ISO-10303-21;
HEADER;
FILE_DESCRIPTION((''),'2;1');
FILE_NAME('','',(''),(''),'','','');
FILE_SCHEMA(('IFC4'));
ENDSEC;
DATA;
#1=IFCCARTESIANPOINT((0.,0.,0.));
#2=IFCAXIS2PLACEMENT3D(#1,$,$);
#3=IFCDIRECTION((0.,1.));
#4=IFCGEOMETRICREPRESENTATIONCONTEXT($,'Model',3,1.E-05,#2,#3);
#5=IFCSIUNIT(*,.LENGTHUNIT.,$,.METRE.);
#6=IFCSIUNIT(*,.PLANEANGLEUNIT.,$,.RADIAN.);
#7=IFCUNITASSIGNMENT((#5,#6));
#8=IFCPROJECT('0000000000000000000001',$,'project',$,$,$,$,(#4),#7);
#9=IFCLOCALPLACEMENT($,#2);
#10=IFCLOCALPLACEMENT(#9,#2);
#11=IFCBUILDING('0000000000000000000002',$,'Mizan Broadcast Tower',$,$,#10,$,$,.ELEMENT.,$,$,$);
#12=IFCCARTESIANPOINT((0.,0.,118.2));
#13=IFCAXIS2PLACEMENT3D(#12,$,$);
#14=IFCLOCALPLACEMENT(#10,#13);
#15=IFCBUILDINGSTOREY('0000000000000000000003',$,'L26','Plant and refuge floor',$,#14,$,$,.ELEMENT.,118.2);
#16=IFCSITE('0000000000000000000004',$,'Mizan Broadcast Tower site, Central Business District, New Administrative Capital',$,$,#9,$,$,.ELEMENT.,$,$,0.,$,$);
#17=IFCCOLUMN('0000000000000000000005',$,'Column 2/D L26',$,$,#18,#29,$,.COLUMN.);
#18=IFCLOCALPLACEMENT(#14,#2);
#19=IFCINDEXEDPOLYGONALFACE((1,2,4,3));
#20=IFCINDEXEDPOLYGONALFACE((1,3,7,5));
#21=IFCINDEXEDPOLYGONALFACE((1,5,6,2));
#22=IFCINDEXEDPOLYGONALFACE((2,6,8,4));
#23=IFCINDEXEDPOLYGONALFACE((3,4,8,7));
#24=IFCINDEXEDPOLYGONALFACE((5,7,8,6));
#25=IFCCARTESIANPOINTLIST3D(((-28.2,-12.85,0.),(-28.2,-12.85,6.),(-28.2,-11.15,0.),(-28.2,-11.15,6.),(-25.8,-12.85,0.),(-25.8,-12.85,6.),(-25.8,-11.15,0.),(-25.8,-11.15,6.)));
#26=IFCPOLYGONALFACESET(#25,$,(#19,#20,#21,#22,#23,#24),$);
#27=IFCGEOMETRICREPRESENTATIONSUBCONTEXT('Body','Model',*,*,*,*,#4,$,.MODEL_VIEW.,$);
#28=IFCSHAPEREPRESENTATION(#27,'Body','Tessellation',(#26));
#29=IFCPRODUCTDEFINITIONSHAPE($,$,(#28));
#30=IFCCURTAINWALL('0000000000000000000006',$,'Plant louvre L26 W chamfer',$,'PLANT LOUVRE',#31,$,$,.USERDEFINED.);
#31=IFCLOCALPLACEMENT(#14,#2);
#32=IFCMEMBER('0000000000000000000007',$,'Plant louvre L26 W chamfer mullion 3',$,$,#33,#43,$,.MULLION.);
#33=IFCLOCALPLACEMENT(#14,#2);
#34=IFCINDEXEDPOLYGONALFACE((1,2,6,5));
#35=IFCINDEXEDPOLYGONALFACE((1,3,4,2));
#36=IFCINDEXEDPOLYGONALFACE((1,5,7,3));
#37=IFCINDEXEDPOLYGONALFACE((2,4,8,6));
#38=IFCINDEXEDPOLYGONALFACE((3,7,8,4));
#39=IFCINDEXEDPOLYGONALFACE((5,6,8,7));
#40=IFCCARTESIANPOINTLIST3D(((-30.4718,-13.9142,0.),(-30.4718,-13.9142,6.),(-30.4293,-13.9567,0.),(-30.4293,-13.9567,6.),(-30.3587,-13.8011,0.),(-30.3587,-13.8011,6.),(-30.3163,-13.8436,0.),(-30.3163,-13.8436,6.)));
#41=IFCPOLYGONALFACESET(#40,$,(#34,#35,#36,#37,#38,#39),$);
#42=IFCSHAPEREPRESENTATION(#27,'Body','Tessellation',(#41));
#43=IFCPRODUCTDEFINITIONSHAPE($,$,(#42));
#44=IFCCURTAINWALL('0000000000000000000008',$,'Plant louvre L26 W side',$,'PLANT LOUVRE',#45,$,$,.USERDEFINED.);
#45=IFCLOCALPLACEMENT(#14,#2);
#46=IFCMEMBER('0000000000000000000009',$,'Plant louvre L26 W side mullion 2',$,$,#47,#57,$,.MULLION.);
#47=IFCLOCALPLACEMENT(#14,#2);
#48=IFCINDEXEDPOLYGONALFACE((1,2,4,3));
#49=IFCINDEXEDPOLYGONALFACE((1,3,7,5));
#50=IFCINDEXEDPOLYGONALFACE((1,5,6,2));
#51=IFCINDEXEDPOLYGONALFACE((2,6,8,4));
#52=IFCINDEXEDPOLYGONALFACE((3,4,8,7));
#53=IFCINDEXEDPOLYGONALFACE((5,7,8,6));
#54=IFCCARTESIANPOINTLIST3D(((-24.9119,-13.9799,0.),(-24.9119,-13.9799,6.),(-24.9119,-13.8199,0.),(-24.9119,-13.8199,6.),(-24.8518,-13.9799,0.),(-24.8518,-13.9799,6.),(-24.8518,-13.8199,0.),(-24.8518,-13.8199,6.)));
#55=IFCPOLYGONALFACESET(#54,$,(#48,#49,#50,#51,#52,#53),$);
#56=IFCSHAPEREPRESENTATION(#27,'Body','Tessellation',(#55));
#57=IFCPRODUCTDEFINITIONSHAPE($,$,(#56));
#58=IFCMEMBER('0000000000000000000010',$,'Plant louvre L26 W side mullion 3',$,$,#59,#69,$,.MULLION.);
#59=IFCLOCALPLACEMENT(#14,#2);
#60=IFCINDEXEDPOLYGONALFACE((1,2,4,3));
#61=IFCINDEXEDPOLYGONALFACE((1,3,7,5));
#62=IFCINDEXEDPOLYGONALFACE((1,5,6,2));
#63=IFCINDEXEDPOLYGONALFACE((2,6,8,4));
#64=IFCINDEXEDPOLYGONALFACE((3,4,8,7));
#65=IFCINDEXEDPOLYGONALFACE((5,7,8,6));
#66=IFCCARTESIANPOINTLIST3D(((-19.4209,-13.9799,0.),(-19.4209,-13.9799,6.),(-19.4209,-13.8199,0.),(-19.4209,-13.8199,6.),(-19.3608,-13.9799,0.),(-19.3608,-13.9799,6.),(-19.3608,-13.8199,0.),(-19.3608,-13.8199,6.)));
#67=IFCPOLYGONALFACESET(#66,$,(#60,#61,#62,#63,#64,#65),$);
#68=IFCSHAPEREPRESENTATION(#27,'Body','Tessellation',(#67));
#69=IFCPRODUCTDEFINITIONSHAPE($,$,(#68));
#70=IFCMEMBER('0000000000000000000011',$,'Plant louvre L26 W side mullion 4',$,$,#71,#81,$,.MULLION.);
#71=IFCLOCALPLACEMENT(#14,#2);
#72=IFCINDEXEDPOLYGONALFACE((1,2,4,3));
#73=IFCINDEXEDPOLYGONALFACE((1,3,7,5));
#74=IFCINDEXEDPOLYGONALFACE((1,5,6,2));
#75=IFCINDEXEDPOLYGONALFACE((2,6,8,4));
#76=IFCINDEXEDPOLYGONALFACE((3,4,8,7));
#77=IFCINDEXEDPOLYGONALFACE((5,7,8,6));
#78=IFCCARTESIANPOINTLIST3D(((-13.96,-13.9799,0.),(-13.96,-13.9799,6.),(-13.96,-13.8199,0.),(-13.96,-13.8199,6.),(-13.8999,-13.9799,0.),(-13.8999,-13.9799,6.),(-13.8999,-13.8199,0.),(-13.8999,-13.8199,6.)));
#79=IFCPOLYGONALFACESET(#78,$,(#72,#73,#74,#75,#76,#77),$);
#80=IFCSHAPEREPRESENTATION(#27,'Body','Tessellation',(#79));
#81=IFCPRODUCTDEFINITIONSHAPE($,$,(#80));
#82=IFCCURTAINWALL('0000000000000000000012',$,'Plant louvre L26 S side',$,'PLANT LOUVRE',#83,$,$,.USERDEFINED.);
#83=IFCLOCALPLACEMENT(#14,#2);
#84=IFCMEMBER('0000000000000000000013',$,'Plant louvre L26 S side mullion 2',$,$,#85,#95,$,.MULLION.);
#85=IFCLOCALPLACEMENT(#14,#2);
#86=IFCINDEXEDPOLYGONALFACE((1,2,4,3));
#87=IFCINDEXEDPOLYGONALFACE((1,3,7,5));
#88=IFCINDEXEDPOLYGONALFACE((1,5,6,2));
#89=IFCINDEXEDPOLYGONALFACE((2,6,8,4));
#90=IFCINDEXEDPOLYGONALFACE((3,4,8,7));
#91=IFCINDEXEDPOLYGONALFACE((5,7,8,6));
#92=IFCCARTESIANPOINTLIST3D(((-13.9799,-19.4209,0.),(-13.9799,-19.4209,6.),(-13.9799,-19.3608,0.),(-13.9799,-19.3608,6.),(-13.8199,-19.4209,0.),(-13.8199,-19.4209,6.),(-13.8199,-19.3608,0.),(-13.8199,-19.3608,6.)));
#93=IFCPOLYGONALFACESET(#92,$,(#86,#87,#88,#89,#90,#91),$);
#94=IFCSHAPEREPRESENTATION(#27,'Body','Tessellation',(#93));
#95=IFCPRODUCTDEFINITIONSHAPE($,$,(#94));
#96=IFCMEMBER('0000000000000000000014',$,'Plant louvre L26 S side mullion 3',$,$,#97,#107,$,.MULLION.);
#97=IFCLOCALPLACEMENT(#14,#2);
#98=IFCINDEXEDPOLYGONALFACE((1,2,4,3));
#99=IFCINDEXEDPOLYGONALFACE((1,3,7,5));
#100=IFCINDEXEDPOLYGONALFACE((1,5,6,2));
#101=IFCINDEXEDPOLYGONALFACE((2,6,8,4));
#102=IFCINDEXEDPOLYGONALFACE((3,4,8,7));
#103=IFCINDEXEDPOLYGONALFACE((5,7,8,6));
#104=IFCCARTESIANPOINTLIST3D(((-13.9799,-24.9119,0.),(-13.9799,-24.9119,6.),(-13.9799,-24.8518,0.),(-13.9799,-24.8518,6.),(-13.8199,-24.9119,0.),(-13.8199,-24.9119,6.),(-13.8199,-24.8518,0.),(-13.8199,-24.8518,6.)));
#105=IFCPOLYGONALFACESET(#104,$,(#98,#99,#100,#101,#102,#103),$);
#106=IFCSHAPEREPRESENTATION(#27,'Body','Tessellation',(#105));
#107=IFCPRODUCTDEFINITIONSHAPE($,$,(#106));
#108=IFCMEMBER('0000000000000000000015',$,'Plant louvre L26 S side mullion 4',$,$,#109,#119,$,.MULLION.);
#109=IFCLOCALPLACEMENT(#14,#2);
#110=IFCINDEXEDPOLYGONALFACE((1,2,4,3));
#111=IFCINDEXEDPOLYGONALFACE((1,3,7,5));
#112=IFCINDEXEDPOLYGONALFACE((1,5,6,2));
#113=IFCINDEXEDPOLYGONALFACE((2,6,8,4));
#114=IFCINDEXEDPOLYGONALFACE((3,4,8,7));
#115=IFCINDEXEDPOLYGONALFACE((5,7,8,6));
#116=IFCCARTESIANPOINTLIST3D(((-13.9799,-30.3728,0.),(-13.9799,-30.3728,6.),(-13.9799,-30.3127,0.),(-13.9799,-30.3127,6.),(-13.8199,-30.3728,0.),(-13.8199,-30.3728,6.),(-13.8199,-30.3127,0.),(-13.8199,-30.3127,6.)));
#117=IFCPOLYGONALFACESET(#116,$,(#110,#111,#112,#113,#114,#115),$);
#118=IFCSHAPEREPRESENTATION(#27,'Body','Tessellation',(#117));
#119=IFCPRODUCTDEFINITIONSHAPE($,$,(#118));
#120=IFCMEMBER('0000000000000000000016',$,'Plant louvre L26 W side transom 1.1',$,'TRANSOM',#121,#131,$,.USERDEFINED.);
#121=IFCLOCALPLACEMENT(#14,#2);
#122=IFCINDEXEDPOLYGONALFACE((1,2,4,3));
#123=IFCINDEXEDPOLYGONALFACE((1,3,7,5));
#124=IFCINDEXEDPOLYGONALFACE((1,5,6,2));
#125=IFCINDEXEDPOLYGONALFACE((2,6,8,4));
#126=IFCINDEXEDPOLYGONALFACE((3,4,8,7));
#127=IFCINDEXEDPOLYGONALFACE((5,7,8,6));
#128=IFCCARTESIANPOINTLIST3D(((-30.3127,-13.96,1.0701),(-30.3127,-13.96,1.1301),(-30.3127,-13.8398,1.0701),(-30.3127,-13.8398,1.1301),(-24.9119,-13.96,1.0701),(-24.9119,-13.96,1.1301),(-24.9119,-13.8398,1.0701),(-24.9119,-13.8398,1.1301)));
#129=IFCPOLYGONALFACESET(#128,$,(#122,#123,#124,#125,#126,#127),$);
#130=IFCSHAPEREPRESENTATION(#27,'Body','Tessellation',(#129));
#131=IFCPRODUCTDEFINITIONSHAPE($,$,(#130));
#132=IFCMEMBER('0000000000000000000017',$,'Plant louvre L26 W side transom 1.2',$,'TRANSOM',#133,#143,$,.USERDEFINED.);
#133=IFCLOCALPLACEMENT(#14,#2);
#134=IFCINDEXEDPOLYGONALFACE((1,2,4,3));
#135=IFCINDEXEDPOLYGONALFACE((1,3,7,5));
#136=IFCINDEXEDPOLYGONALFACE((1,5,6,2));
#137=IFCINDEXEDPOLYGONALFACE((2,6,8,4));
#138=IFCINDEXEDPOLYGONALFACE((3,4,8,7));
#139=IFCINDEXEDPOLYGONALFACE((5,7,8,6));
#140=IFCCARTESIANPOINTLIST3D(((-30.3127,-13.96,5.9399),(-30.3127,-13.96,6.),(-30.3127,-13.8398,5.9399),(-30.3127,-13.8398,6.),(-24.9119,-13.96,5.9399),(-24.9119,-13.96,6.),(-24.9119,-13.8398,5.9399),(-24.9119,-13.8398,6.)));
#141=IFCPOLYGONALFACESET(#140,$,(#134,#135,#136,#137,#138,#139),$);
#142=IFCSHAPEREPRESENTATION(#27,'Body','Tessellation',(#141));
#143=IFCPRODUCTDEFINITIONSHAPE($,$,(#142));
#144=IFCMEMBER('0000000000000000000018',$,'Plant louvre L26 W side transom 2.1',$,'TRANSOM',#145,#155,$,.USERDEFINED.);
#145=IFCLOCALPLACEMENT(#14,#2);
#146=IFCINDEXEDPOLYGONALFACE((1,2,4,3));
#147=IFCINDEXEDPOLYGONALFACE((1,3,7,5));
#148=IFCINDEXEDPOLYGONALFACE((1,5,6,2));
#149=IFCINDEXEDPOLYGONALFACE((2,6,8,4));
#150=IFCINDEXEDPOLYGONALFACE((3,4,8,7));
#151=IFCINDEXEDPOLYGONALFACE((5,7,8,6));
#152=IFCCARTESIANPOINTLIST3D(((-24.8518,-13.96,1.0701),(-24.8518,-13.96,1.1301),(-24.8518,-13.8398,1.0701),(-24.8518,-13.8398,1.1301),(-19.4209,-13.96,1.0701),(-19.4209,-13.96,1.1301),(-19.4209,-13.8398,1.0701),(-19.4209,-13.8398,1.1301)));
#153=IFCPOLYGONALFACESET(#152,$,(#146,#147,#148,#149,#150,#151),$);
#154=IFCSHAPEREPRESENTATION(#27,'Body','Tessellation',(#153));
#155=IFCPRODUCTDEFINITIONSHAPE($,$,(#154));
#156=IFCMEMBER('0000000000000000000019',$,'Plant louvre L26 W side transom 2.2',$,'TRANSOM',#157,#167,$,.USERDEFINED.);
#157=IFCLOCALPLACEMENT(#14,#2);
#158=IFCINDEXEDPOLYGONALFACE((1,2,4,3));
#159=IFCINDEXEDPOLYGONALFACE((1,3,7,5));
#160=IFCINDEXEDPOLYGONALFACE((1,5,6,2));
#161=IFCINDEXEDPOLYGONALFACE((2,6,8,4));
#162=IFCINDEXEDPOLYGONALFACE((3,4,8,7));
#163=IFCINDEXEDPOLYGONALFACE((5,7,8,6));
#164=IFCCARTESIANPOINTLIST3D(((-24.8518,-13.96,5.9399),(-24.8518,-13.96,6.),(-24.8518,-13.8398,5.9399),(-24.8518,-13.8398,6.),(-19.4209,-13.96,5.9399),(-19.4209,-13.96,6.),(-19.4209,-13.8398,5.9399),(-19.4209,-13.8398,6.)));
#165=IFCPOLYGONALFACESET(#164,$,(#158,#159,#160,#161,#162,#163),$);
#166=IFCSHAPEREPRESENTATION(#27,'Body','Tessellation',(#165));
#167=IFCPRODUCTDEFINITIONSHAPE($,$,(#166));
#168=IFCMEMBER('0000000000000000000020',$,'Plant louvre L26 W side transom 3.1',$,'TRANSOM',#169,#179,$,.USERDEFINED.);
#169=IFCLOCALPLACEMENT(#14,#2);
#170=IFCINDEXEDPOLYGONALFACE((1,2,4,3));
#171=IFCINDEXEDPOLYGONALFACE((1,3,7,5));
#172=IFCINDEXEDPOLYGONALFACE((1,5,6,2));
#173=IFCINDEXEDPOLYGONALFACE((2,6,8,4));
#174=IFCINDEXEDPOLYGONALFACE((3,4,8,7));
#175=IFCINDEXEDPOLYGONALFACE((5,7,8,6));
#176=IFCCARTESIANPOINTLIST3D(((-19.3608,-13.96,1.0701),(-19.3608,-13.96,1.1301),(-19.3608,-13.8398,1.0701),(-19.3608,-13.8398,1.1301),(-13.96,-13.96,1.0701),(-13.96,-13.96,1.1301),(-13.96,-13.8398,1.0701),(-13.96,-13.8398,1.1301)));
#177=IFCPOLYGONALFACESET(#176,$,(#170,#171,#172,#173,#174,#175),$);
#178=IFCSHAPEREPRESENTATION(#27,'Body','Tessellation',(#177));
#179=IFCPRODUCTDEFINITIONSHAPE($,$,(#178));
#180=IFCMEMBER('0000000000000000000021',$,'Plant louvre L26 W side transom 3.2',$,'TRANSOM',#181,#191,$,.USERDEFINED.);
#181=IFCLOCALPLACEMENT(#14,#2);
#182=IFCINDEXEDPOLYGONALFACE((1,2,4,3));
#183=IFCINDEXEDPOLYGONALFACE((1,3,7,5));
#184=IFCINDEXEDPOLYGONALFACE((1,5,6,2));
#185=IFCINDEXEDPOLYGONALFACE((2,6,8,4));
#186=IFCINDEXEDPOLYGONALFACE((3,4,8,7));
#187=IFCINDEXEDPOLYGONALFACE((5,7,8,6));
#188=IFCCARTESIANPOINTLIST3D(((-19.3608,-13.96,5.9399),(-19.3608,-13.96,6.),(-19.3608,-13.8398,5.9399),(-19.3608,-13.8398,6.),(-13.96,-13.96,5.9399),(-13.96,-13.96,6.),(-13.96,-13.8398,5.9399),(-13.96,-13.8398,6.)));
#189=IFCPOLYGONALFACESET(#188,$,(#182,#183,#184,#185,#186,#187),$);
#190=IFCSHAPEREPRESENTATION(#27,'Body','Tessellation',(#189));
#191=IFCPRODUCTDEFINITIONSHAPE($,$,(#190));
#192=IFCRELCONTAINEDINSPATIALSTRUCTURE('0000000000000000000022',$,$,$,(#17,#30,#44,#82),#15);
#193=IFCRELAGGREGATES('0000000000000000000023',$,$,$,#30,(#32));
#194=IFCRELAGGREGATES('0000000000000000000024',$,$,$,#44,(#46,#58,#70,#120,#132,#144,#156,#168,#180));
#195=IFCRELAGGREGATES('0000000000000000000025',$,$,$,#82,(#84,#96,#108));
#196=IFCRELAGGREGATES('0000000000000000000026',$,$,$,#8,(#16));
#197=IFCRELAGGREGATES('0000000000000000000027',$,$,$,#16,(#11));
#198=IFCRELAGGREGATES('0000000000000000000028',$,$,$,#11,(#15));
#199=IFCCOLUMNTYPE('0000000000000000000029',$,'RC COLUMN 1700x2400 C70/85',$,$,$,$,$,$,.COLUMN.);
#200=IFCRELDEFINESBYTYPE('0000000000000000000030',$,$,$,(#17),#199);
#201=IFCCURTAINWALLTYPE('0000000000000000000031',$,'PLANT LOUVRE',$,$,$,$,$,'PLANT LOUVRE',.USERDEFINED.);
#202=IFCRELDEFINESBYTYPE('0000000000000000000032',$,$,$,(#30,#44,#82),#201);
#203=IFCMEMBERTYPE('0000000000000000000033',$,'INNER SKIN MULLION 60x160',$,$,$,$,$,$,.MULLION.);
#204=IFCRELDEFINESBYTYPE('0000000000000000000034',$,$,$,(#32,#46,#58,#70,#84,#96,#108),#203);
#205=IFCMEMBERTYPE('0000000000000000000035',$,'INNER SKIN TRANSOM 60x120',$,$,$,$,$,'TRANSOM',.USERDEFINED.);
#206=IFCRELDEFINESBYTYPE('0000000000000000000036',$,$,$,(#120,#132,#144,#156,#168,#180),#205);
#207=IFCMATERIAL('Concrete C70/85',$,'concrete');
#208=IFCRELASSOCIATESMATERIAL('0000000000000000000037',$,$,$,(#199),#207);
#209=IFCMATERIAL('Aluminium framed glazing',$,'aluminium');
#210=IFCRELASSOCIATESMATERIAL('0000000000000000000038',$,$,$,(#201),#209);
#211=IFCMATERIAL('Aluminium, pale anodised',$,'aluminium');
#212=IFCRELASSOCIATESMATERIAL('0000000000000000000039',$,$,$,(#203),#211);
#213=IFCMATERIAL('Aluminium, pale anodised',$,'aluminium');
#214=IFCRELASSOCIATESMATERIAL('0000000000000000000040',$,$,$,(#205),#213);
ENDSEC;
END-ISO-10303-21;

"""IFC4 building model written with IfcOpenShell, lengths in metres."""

from ifc_helpers import new_model, si_unit, direction, frame, origin, origin_2d, place, context, subcontext, project, spatial, rectangle, extrude, material, material_profile, profile_set, type_object, element, aggregate, save


model = new_model("IFC4")

# Units and contexts
model_context = context("Model", 3, precision=1e-05, world=origin(), true_north=direction((0.0, 1.0)))
body_context = subcontext(model_context, "Body", "Model", "MODEL_VIEW")
ifc_project = project(units=[si_unit("LENGTHUNIT", "METRE"), si_unit("PLANEANGLEUNIT", "RADIAN")], contexts=[model_context])

# Site, building, storey
site_placement = place(None, origin())
site = spatial("IfcSite", under=ifc_project, at=site_placement, Name="Mizan Broadcast Tower site, Central Business District, New Administrative Capital", CompositionType="ELEMENT", RefElevation=0.0)
building_placement = place(site_placement, origin())
building = spatial("IfcBuilding", under=site, at=building_placement, Name="Mizan Broadcast Tower", CompositionType="ELEMENT")
storey_placement = place(building_placement, frame((0.0, 0.0, 118.2)))
storey = spatial("IfcBuildingStorey", under=building, at=storey_placement, Name="L26", Description="Plant and refuge floor", CompositionType="ELEMENT", Elevation=118.2)

# Column
ifc_material_1 = material(Name="Concrete C70/85", Category="concrete")
ifc_material_profile_1 = material_profile(ifc_material_1, rectangle(XDim=1.7, YDim=2.3999, at=origin_2d()), Name="RC 1700x2400")
ifc_profile_set_1 = profile_set([ifc_material_profile_1], Name="Concrete C70/85")
column_type = type_object("IfcColumnType", Name="RC COLUMN 1700x2400 C70/85", PredefinedType="COLUMN", material=ifc_profile_set_1)
column_placement = place(storey_placement, frame((-27.0, -12.0, 0.0), z_axis=(0.0, 0.0, 1.0), x_axis=(0.0, 1.0, 0.0)))
element("IfcColumn", 1, at=column_placement, inside=storey, type_object=column_type, Name="Column 2/D L26", PredefinedType="COLUMN", context=body_context, shape_type="SweptSolid", body=[
    extrude(rectangle(XDim=1.7, YDim=2.3999, at=origin_2d()), origin(), (0.0, 0.0, 1.0), 6.0),
])

# Curtain wall, member
ifc_material_2 = material(Name="Aluminium framed glazing", Category="aluminium")
curtain_wall_type = type_object("IfcCurtainWallType", Name="PLANT LOUVRE", ElementType="PLANT LOUVRE", PredefinedType="USERDEFINED", material=ifc_material_2)
curtain_wall_1_placement = place(storey_placement, origin())
curtain_wall_1 = element("IfcCurtainWall", 2, at=curtain_wall_1_placement, inside=storey, type_object=curtain_wall_type, Name="Plant louvre L26 W chamfer", ObjectType="PLANT LOUVRE", PredefinedType="USERDEFINED")
ifc_material_3 = material(Name="Aluminium, pale anodised", Category="aluminium")
ifc_material_profile_2 = material_profile(ifc_material_3, rectangle(XDim=0.1599, YDim=0.0601, at=origin_2d()), Name="MULLION 160x60")
ifc_profile_set_2 = profile_set([ifc_material_profile_2], Name="Aluminium, pale anodised")
member_type_1 = type_object("IfcMemberType", Name="INNER SKIN MULLION 60x160", PredefinedType="MULLION", material=ifc_profile_set_2)
member_1_placement = place(storey_placement, frame((-30.394, -13.8789, 0.0), z_axis=(0.0, 0.0, 1.0), x_axis=(0.707107, 0.707107, 0.0)))
member_1 = element("IfcMember", 3, at=member_1_placement, type_object=member_type_1, Name="Plant louvre L26 W chamfer mullion 3", PredefinedType="MULLION", context=body_context, shape_type="SweptSolid", body=[
    extrude(rectangle(XDim=0.1599, YDim=0.0601, at=origin_2d()), origin(), (0.0, 0.0, 1.0), 6.0),
])

# Curtain walls, members
curtain_wall_2_placement = place(storey_placement, origin())
curtain_wall_2 = element("IfcCurtainWall", 4, at=curtain_wall_2_placement, inside=storey, type_object=curtain_wall_type, Name="Plant louvre L26 W side", ObjectType="PLANT LOUVRE", PredefinedType="USERDEFINED")
member_2_placement = place(storey_placement, frame((-24.8818, -13.8999, 0.0), z_axis=(0.0, 0.0, 1.0), x_axis=(0.0, 1.0, 0.0)))
member_2 = element("IfcMember", 5, at=member_2_placement, type_object=member_type_1, Name="Plant louvre L26 W side mullion 2", PredefinedType="MULLION", context=body_context, shape_type="SweptSolid", body=[
    extrude(rectangle(XDim=0.1599, YDim=0.0601, at=origin_2d()), origin(), (0.0, 0.0, 1.0), 6.0),
])
member_3_placement = place(storey_placement, frame((-19.3909, -13.8999, 0.0), z_axis=(0.0, 0.0, 1.0), x_axis=(0.0, 1.0, 0.0)))
member_3 = element("IfcMember", 6, at=member_3_placement, type_object=member_type_1, Name="Plant louvre L26 W side mullion 3", PredefinedType="MULLION", context=body_context, shape_type="SweptSolid", body=[
    extrude(rectangle(XDim=0.1599, YDim=0.0601, at=origin_2d()), origin(), (0.0, 0.0, 1.0), 6.0),
])
member_4_placement = place(storey_placement, frame((-13.9299, -13.8999, 0.0), z_axis=(0.0, 0.0, 1.0), x_axis=(0.0, 1.0, 0.0)))
member_4 = element("IfcMember", 7, at=member_4_placement, type_object=member_type_1, Name="Plant louvre L26 W side mullion 4", PredefinedType="MULLION", context=body_context, shape_type="SweptSolid", body=[
    extrude(rectangle(XDim=0.1599, YDim=0.0601, at=origin_2d()), origin(), (0.0, 0.0, 1.0), 6.0),
])
curtain_wall_3_placement = place(storey_placement, origin())
curtain_wall_3 = element("IfcCurtainWall", 8, at=curtain_wall_3_placement, inside=storey, type_object=curtain_wall_type, Name="Plant louvre L26 S side", ObjectType="PLANT LOUVRE", PredefinedType="USERDEFINED")
member_5_placement = place(storey_placement, frame((-13.8999, -19.3909, 0.0), z_axis=(0.0, 0.0, 1.0), x_axis=(1.0, 0.0, 0.0)))
member_5 = element("IfcMember", 9, at=member_5_placement, type_object=member_type_1, Name="Plant louvre L26 S side mullion 2", PredefinedType="MULLION", context=body_context, shape_type="SweptSolid", body=[
    extrude(rectangle(XDim=0.1599, YDim=0.0601, at=origin_2d()), origin(), (0.0, 0.0, 1.0), 6.0),
])
member_6_placement = place(storey_placement, frame((-13.8999, -24.8818, 0.0), z_axis=(0.0, 0.0, 1.0), x_axis=(1.0, 0.0, 0.0)))
member_6 = element("IfcMember", 10, at=member_6_placement, type_object=member_type_1, Name="Plant louvre L26 S side mullion 3", PredefinedType="MULLION", context=body_context, shape_type="SweptSolid", body=[
    extrude(rectangle(XDim=0.1599, YDim=0.0601, at=origin_2d()), origin(), (0.0, 0.0, 1.0), 6.0),
])
member_7_placement = place(storey_placement, frame((-13.8999, -30.3428, 0.0), z_axis=(0.0, 0.0, 1.0), x_axis=(1.0, 0.0, 0.0)))
member_7 = element("IfcMember", 11, at=member_7_placement, type_object=member_type_1, Name="Plant louvre L26 S side mullion 4", PredefinedType="MULLION", context=body_context, shape_type="SweptSolid", body=[
    extrude(rectangle(XDim=0.1599, YDim=0.0601, at=origin_2d()), origin(), (0.0, 0.0, 1.0), 6.0),
])

# Members
ifc_material_4 = material(Name="Aluminium, pale anodised", Category="aluminium")
ifc_material_profile_3 = material_profile(ifc_material_4, rectangle(XDim=0.1201, YDim=0.0601, at=origin_2d()), Name="TRANSOM 120x60")
ifc_profile_set_3 = profile_set([ifc_material_profile_3], Name="Aluminium, pale anodised")
member_type_2 = type_object("IfcMemberType", Name="INNER SKIN TRANSOM 60x120", ElementType="TRANSOM", PredefinedType="USERDEFINED", material=ifc_profile_set_3)
member_8_placement = place(storey_placement, frame((-30.3127, -13.8999, 1.1001), z_axis=(1.0, 0.0, 0.0), x_axis=(0.0, 1.0, 0.0)))
member_8 = element("IfcMember", 12, at=member_8_placement, type_object=member_type_2, Name="Plant louvre L26 W side transom 1.1", ObjectType="TRANSOM", PredefinedType="USERDEFINED", context=body_context, shape_type="SweptSolid", body=[
    extrude(rectangle(XDim=0.1201, YDim=0.0601, at=origin_2d()), origin(), (0.0, 0.0, 1.0), 5.4009),
])
member_9_placement = place(storey_placement, frame((-30.3127, -13.8999, 5.97), z_axis=(1.0, 0.0, 0.0), x_axis=(0.0, 1.0, 0.0)))
member_9 = element("IfcMember", 13, at=member_9_placement, type_object=member_type_2, Name="Plant louvre L26 W side transom 1.2", ObjectType="TRANSOM", PredefinedType="USERDEFINED", context=body_context, shape_type="SweptSolid", body=[
    extrude(rectangle(XDim=0.1201, YDim=0.0601, at=origin_2d()), origin(), (0.0, 0.0, 1.0), 5.4009),
])
member_10_placement = place(storey_placement, frame((-24.8518, -13.8999, 1.1001), z_axis=(1.0, 0.0, 0.0), x_axis=(0.0, 1.0, 0.0)))
member_10 = element("IfcMember", 14, at=member_10_placement, type_object=member_type_2, Name="Plant louvre L26 W side transom 2.1", ObjectType="TRANSOM", PredefinedType="USERDEFINED", context=body_context, shape_type="SweptSolid", body=[
    extrude(rectangle(XDim=0.1201, YDim=0.0601, at=origin_2d()), origin(), (0.0, 0.0, 1.0), 5.4309),
])
member_11_placement = place(storey_placement, frame((-24.8518, -13.8999, 5.97), z_axis=(1.0, 0.0, 0.0), x_axis=(0.0, 1.0, 0.0)))
member_11 = element("IfcMember", 15, at=member_11_placement, type_object=member_type_2, Name="Plant louvre L26 W side transom 2.2", ObjectType="TRANSOM", PredefinedType="USERDEFINED", context=body_context, shape_type="SweptSolid", body=[
    extrude(rectangle(XDim=0.1201, YDim=0.0601, at=origin_2d()), origin(), (0.0, 0.0, 1.0), 5.4309),
])
member_12_placement = place(storey_placement, frame((-19.3608, -13.8999, 1.1001), z_axis=(1.0, 0.0, 0.0), x_axis=(0.0, 1.0, 0.0)))
member_12 = element("IfcMember", 16, at=member_12_placement, type_object=member_type_2, Name="Plant louvre L26 W side transom 3.1", ObjectType="TRANSOM", PredefinedType="USERDEFINED", context=body_context, shape_type="SweptSolid", body=[
    extrude(rectangle(XDim=0.1201, YDim=0.0601, at=origin_2d()), origin(), (0.0, 0.0, 1.0), 5.4009),
])
member_13_placement = place(storey_placement, frame((-19.3608, -13.8999, 5.97), z_axis=(1.0, 0.0, 0.0), x_axis=(0.0, 1.0, 0.0)))
member_13 = element("IfcMember", 17, at=member_13_placement, type_object=member_type_2, Name="Plant louvre L26 W side transom 3.2", ObjectType="TRANSOM", PredefinedType="USERDEFINED", context=body_context, shape_type="SweptSolid", body=[
    extrude(rectangle(XDim=0.1201, YDim=0.0601, at=origin_2d()), origin(), (0.0, 0.0, 1.0), 5.4009),
])

aggregate(curtain_wall_1, [member_1])
aggregate(curtain_wall_2, [member_2, member_3, member_4, member_8, member_9, member_10, member_11, member_12, member_13])
aggregate(curtain_wall_3, [member_5, member_6, member_7])

save(model, "model.ifc")
